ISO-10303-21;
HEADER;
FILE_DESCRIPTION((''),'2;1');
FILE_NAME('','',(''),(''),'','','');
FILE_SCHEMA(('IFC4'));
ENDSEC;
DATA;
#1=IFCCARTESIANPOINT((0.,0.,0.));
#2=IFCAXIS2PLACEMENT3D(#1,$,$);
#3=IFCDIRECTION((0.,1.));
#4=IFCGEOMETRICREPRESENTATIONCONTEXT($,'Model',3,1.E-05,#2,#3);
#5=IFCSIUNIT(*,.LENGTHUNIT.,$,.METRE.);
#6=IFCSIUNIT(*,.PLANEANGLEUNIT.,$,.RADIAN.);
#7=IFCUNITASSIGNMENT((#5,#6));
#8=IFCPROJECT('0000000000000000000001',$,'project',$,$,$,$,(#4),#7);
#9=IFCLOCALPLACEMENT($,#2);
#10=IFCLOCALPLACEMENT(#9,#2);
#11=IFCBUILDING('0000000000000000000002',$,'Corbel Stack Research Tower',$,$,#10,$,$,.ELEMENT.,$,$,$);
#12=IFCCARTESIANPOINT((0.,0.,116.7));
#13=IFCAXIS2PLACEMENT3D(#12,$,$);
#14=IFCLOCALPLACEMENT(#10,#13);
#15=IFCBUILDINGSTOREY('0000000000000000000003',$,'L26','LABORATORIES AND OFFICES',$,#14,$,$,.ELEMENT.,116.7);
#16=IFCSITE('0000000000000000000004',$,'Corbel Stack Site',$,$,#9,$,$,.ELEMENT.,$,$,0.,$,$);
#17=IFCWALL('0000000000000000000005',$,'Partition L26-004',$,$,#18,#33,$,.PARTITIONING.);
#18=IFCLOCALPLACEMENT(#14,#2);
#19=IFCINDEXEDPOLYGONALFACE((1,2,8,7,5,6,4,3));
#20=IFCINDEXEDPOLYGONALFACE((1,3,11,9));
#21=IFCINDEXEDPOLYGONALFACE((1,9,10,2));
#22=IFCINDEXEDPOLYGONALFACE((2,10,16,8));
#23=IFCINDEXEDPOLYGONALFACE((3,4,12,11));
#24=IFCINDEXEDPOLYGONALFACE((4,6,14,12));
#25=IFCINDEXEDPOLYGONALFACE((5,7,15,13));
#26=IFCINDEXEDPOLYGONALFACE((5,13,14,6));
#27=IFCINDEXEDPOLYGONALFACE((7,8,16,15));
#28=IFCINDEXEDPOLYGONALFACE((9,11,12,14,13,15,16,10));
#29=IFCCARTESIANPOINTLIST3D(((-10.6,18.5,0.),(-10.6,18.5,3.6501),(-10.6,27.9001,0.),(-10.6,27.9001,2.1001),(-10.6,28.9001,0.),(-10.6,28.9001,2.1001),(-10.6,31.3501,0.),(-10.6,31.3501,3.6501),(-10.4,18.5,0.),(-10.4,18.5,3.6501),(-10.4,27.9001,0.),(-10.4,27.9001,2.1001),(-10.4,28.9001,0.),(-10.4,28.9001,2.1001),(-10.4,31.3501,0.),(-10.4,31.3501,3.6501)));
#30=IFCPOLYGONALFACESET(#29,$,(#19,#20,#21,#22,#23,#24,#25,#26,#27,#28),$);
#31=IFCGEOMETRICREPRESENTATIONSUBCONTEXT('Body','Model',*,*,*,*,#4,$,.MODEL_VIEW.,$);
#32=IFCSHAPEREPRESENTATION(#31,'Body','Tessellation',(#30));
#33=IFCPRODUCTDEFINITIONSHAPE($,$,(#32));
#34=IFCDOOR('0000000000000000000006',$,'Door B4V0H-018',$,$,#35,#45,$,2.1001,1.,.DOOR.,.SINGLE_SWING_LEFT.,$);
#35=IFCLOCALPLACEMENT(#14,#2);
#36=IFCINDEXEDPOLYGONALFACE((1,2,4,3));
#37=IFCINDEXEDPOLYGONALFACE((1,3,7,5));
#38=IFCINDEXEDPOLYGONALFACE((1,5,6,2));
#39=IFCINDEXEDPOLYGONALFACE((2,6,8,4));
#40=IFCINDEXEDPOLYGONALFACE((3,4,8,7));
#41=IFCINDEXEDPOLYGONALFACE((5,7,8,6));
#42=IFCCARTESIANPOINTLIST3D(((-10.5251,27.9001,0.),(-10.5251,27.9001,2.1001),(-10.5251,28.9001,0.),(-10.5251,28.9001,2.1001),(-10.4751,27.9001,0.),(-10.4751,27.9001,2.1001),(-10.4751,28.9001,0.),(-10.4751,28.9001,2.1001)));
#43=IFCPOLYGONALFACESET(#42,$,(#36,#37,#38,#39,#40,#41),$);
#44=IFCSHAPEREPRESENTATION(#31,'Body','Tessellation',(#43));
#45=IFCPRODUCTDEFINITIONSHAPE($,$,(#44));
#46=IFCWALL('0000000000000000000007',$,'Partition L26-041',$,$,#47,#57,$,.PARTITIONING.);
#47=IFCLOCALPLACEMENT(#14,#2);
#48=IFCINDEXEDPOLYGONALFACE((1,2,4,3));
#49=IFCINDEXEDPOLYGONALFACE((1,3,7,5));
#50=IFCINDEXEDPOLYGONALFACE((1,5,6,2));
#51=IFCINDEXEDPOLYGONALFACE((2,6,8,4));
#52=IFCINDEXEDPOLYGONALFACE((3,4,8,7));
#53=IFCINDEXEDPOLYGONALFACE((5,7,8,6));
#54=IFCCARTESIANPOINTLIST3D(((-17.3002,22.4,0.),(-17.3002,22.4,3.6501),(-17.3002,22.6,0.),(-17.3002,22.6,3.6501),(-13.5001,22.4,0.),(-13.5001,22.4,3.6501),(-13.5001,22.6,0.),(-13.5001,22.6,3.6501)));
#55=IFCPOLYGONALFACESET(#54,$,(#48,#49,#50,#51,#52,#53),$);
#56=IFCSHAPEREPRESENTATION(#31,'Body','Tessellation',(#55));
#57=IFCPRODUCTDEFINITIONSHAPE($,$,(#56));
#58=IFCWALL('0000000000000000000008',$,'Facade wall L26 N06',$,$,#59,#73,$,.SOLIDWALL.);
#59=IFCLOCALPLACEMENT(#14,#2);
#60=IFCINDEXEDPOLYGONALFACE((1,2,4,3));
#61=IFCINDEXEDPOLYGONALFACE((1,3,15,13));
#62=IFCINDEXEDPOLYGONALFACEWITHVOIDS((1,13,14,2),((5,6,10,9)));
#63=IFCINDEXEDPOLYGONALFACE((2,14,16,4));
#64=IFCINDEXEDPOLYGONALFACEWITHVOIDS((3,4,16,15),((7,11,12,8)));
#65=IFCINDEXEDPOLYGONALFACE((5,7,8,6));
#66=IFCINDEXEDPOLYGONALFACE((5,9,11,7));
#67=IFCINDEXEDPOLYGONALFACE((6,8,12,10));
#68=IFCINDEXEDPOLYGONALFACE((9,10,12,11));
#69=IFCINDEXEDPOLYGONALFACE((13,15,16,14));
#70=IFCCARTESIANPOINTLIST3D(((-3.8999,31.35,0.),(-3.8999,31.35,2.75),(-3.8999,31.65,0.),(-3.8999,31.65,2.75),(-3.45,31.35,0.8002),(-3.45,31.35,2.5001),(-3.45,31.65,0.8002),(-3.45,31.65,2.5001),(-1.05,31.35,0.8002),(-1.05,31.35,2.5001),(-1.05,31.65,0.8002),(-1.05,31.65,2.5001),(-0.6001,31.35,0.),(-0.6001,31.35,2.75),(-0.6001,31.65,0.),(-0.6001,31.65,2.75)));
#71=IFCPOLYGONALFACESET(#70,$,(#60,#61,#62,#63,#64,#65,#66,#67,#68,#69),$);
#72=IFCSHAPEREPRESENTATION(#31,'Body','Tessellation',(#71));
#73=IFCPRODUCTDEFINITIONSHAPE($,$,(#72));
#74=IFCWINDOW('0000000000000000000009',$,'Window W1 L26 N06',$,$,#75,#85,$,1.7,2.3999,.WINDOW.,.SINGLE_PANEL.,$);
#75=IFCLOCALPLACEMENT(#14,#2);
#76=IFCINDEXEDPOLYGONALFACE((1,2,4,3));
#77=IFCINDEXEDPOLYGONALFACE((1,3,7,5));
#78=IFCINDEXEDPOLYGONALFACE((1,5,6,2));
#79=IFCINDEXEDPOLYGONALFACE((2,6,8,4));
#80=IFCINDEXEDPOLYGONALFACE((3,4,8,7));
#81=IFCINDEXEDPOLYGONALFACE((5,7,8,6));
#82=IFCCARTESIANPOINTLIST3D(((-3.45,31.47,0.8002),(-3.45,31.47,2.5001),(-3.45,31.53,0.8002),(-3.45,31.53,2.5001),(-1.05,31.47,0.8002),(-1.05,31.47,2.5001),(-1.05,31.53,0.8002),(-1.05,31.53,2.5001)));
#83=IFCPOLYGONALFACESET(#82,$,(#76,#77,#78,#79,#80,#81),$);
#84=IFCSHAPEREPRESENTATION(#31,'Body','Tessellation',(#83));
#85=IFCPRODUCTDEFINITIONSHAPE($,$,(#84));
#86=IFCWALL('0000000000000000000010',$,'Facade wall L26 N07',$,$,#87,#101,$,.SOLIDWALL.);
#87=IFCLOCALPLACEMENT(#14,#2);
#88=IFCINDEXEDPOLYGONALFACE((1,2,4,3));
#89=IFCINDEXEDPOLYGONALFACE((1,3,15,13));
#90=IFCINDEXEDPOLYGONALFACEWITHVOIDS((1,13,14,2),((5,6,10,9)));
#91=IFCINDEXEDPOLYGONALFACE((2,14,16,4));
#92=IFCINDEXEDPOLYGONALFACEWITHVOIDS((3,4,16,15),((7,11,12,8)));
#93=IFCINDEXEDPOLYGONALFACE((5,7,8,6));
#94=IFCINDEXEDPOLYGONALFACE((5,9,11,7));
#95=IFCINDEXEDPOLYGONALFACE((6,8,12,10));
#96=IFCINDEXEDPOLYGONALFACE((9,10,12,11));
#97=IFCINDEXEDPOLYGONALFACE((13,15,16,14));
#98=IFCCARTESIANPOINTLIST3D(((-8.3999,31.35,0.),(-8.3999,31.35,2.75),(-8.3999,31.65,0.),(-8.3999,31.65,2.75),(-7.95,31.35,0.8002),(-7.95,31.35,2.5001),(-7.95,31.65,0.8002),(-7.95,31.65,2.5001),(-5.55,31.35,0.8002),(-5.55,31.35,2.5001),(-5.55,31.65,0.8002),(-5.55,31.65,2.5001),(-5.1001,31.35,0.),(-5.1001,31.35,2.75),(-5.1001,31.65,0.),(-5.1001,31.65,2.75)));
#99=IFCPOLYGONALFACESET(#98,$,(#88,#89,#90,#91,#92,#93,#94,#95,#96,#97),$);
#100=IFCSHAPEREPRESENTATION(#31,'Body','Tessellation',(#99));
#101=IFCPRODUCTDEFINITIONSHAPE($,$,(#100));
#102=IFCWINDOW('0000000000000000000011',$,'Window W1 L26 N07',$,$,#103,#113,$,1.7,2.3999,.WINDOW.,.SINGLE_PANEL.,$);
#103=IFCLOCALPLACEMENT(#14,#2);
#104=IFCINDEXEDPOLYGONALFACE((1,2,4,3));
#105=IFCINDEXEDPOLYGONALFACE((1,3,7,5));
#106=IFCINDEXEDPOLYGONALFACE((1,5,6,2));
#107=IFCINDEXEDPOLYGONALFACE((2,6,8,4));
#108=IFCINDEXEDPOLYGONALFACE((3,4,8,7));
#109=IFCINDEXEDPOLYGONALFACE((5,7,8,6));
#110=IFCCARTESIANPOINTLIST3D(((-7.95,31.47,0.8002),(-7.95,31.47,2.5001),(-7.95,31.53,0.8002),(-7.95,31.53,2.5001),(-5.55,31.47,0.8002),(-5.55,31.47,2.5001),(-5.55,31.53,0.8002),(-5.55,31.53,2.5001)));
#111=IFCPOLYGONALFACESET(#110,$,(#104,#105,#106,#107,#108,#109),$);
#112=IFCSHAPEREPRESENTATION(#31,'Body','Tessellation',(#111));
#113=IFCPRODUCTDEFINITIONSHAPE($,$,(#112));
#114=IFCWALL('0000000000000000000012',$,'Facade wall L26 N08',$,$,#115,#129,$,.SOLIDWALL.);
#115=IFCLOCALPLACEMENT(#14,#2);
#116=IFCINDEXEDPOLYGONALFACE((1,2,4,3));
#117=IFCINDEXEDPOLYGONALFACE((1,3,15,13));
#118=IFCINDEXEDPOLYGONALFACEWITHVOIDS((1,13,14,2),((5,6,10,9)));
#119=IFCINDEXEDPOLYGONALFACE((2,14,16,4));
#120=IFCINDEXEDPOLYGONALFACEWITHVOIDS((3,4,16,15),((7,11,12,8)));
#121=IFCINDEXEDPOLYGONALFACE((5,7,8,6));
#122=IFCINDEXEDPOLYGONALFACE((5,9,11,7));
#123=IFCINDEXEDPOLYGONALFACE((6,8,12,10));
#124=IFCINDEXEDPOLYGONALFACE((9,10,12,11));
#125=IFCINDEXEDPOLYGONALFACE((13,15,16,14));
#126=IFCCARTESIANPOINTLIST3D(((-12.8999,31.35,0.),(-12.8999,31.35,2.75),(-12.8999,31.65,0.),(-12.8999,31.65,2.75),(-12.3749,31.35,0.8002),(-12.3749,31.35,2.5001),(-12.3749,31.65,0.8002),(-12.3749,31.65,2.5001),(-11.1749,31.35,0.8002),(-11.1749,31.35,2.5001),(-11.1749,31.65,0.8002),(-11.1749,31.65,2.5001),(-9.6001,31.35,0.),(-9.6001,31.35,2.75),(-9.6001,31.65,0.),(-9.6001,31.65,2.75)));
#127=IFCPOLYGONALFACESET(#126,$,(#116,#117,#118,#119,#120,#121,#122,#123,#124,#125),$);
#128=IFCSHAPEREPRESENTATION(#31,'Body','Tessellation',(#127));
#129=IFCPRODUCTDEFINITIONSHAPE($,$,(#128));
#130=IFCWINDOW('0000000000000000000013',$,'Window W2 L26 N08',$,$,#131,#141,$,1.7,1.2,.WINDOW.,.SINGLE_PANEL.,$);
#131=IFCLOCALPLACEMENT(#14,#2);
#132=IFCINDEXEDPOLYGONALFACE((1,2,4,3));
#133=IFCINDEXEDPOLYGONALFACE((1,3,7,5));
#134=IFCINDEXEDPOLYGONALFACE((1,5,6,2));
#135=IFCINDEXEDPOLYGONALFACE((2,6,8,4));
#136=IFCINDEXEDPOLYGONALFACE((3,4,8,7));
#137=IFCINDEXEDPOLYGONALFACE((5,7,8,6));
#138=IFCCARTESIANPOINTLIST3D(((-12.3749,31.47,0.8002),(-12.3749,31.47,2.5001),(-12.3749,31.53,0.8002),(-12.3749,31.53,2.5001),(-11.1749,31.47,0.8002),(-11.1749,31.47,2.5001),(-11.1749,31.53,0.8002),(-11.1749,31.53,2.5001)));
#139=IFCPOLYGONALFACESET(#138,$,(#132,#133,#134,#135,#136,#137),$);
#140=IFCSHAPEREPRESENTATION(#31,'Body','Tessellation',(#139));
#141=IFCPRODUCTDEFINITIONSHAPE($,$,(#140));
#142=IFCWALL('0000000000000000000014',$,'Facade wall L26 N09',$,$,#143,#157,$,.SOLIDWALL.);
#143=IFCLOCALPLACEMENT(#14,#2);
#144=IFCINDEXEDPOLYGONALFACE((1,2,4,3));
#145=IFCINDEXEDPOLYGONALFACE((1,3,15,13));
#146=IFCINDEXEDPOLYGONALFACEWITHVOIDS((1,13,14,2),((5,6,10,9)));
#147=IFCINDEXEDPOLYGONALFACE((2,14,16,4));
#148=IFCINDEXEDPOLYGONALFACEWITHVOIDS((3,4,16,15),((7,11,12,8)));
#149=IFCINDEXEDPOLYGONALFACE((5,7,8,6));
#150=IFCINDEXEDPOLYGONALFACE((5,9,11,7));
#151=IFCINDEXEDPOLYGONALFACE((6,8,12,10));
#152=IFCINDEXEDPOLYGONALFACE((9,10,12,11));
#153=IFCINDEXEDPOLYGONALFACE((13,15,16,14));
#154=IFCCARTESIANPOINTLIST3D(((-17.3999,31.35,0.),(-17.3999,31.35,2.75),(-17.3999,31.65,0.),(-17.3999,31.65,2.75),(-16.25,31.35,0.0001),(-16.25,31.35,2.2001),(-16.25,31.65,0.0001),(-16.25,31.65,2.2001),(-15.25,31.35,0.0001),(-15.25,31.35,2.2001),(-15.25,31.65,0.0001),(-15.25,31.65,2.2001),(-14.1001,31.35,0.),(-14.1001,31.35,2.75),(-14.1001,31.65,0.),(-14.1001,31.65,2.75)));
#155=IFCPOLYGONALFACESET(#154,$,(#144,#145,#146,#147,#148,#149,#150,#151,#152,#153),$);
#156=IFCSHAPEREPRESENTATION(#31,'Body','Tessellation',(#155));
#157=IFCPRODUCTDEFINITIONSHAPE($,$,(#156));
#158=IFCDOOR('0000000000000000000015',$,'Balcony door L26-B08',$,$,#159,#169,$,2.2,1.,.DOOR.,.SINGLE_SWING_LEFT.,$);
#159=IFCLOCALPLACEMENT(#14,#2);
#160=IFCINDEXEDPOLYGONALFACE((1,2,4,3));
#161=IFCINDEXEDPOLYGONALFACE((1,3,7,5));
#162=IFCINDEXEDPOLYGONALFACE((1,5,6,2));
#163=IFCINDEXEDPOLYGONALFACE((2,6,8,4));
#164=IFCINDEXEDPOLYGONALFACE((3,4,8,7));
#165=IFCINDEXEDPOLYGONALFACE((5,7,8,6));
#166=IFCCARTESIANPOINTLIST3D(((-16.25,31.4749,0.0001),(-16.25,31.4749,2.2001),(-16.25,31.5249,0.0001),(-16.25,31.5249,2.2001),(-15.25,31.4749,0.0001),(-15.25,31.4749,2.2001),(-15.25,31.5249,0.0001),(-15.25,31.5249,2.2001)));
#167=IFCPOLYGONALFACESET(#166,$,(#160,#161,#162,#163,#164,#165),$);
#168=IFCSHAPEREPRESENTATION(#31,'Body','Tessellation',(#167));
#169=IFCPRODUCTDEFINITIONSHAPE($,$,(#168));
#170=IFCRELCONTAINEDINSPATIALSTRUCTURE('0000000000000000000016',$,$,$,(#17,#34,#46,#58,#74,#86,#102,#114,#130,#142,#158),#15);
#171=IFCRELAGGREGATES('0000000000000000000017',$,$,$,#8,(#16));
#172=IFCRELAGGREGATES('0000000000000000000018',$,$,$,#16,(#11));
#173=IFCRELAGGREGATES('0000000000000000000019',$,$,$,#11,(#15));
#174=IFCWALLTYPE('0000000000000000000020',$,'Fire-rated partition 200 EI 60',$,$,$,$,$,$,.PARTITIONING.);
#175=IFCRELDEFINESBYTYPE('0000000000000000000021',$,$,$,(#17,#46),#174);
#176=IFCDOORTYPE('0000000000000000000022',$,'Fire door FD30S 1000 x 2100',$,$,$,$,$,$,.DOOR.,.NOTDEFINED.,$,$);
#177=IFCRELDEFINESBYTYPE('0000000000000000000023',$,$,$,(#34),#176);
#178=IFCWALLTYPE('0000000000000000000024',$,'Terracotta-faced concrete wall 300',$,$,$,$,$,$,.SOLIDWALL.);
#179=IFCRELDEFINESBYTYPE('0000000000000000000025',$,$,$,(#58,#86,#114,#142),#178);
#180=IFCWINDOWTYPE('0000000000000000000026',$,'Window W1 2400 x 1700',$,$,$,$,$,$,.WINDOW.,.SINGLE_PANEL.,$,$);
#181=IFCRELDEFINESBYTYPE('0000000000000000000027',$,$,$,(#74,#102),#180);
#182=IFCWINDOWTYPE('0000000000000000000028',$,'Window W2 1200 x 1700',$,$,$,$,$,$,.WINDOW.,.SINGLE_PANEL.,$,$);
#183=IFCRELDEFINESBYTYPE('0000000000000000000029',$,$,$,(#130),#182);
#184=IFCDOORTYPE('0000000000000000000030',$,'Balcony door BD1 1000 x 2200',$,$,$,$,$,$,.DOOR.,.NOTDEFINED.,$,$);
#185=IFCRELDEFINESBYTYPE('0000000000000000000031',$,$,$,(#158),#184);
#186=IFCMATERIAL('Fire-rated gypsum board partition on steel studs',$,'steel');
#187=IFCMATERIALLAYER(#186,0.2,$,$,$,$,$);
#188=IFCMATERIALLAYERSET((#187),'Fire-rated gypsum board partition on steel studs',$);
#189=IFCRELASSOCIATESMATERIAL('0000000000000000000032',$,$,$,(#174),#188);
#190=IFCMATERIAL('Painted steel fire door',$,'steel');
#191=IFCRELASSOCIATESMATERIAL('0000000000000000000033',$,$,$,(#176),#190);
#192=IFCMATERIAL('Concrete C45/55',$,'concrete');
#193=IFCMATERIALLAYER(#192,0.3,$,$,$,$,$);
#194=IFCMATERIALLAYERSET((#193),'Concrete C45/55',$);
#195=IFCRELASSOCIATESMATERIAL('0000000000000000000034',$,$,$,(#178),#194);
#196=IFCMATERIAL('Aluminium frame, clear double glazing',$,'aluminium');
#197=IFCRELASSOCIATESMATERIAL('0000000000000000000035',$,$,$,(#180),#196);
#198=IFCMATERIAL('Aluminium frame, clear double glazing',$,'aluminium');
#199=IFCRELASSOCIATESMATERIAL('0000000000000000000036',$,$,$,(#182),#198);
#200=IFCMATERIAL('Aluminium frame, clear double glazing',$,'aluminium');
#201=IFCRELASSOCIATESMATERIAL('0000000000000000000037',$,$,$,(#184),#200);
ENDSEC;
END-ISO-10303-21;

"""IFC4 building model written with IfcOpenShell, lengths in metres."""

from ifc_helpers import new_model, si_unit, direction, frame, frame_2d, origin, place, context, subcontext, project, spatial, rectangle, extrude, material, layer, layer_set, type_object, element, fill, save


model = new_model("IFC4")

# Units and contexts
model_context = context("Model", 3, precision=1e-05, world=origin(), true_north=direction((0.0, 1.0)))
body_context = subcontext(model_context, "Body", "Model", "MODEL_VIEW")
ifc_project = project(units=[si_unit("LENGTHUNIT", "METRE"), si_unit("PLANEANGLEUNIT", "RADIAN")], contexts=[model_context])

# Site, building, storey
site_placement = place(None, origin())
site = spatial("IfcSite", under=ifc_project, at=site_placement, Name="Corbel Stack Site", CompositionType="ELEMENT", RefElevation=0.0)
building_placement = place(site_placement, origin())
building = spatial("IfcBuilding", under=site, at=building_placement, Name="Corbel Stack Research Tower", CompositionType="ELEMENT")
storey_placement = place(building_placement, frame((0.0, 0.0, 116.7)))
storey = spatial("IfcBuildingStorey", under=building, at=storey_placement, Name="L26", Description="LABORATORIES AND OFFICES", CompositionType="ELEMENT", Elevation=116.7)

# Wall, opening, door
ifc_material_1 = material(Name="Fire-rated gypsum board partition on steel studs", Category="steel")
ifc_layer_1 = layer(ifc_material_1, 0.2)
ifc_layer_set_1 = layer_set([ifc_layer_1], Name="Fire-rated gypsum board partition on steel studs")
wall_type_1 = type_object("IfcWallType", Name="Fire-rated partition 200 EI 60", PredefinedType="PARTITIONING", material=ifc_layer_set_1)
wall_1_placement = place(storey_placement, frame((-10.5, 31.3501, 0.0), z_axis=(0.0, 0.0, 1.0), x_axis=(0.0, -1.0, 0.0)))
wall_1 = element("IfcWall", 1, at=wall_1_placement, inside=storey, type_object=wall_type_1, Name="Partition L26-004", PredefinedType="PARTITIONING", context=body_context, shape_type="SweptSolid", body=[
    extrude(rectangle(XDim=12.8501, YDim=0.2, at=frame_2d((6.425, 0.0))), origin(), (0.0, 0.0, 1.0), 3.6501),
])
opening_1_placement = place(wall_1_placement, frame((2.45, 0.0, 0.0)))
opening_1 = element("IfcOpeningElement", 2, at=opening_1_placement, cuts=wall_1, PredefinedType="OPENING", context=body_context, shape_type="SweptSolid", body=[
    extrude(rectangle(XDim=1.0, YDim=2.1001, at=frame_2d((0.5, 1.05))), frame((0.0, 0.1099, 0.0), z_axis=(0.0, -1.0, 0.0), x_axis=(1.0, 0.0, 0.0)), (0.0, 0.0, 1.0), 0.22),
])
ifc_material_2 = material(Name="Painted steel fire door", Category="steel")
door_type_1 = type_object("IfcDoorType", Name="Fire door FD30S 1000 x 2100", OperationType="NOTDEFINED", PredefinedType="DOOR", material=ifc_material_2)
door_1_placement = place(opening_1_placement, origin())
door_1 = element("IfcDoor", 3, at=door_1_placement, inside=storey, type_object=door_type_1, Name="Door B4V0H-018", OperationType="SINGLE_SWING_LEFT", OverallHeight=2.1001, OverallWidth=1.0, PredefinedType="DOOR", context=body_context, shape_type="SweptSolid", body=[
    extrude(rectangle(XDim=1.0, YDim=2.1001, at=frame_2d((0.5, 1.05))), frame((0.0, 0.0249, 0.0), z_axis=(0.0, -1.0, 0.0), x_axis=(1.0, 0.0, 0.0)), (0.0, 0.0, 1.0), 0.05),
])
fill(opening_1, door_1)

# Wall
wall_2_placement = place(storey_placement, frame((-17.3, 22.5, 0.0), z_axis=(0.0, 0.0, 1.0), x_axis=(1.0, 0.0, 0.0)))
element("IfcWall", 4, at=wall_2_placement, inside=storey, type_object=wall_type_1, Name="Partition L26-041", PredefinedType="PARTITIONING", context=body_context, shape_type="SweptSolid", body=[
    extrude(rectangle(XDim=3.8, YDim=0.2, at=frame_2d((1.8999, 0.0))), origin(), (0.0, 0.0, 1.0), 3.6501),
])

# Walls, openings, windows
ifc_material_3 = material(Name="Concrete C45/55", Category="concrete")
ifc_layer_2 = layer(ifc_material_3, 0.3)
ifc_layer_set_2 = layer_set([ifc_layer_2], Name="Concrete C45/55")
wall_type_2 = type_object("IfcWallType", Name="Terracotta-faced concrete wall 300", PredefinedType="SOLIDWALL", material=ifc_layer_set_2)
wall_3_placement = place(storey_placement, frame((-3.8999, 31.5, 0.0), z_axis=(0.0, 0.0, 1.0), x_axis=(1.0, 0.0, 0.0)))
wall_3 = element("IfcWall", 5, at=wall_3_placement, inside=storey, type_object=wall_type_2, Name="Facade wall L26 N06", PredefinedType="SOLIDWALL", context=body_context, shape_type="SweptSolid", body=[
    extrude(rectangle(XDim=3.2998, YDim=0.3, at=frame_2d((1.6499, 0.0))), origin(), (0.0, 0.0, 1.0), 2.75),
])
opening_2_placement = place(wall_3_placement, frame((0.45, 0.0, 0.8)))
opening_2 = element("IfcOpeningElement", 6, at=opening_2_placement, cuts=wall_3, PredefinedType="OPENING", context=body_context, shape_type="SweptSolid", body=[
    extrude(rectangle(XDim=2.3999, YDim=1.7, at=frame_2d((1.2, 0.8501))), frame((0.0, 0.1599, 0.0), z_axis=(0.0, -1.0, 0.0), x_axis=(1.0, 0.0, 0.0)), (0.0, 0.0, 1.0), 0.3201),
])
ifc_material_4 = material(Name="Aluminium frame, clear double glazing", Category="aluminium")
window_type_1 = type_object("IfcWindowType", Name="Window W1 2400 x 1700", PartitioningType="SINGLE_PANEL", PredefinedType="WINDOW", material=ifc_material_4)
window_1_placement = place(opening_2_placement, origin())
window_1 = element("IfcWindow", 7, at=window_1_placement, inside=storey, type_object=window_type_1, Name="Window W1 L26 N06", OverallHeight=1.7, OverallWidth=2.3999, PartitioningType="SINGLE_PANEL", PredefinedType="WINDOW", context=body_context, shape_type="SweptSolid", body=[
    extrude(rectangle(XDim=2.3999, YDim=1.7, at=frame_2d((1.2, 0.8501))), frame((0.0, 0.03, 0.0), z_axis=(0.0, -1.0, 0.0), x_axis=(1.0, 0.0, 0.0)), (0.0, 0.0, 1.0), 0.0601),
])
fill(opening_2, window_1)
wall_4_placement = place(storey_placement, frame((-8.3999, 31.5, 0.0), z_axis=(0.0, 0.0, 1.0), x_axis=(1.0, 0.0, 0.0)))
wall_4 = element("IfcWall", 8, at=wall_4_placement, inside=storey, type_object=wall_type_2, Name="Facade wall L26 N07", PredefinedType="SOLIDWALL", context=body_context, shape_type="SweptSolid", body=[
    extrude(rectangle(XDim=3.2998, YDim=0.3, at=frame_2d((1.6499, 0.0))), origin(), (0.0, 0.0, 1.0), 2.75),
])
opening_3_placement = place(wall_4_placement, frame((0.45, 0.0, 0.8)))
opening_3 = element("IfcOpeningElement", 9, at=opening_3_placement, cuts=wall_4, PredefinedType="OPENING", context=body_context, shape_type="SweptSolid", body=[
    extrude(rectangle(XDim=2.3999, YDim=1.7, at=frame_2d((1.2, 0.8501))), frame((0.0, 0.1599, 0.0), z_axis=(0.0, -1.0, 0.0), x_axis=(1.0, 0.0, 0.0)), (0.0, 0.0, 1.0), 0.3201),
])
window_2_placement = place(opening_3_placement, origin())
window_2 = element("IfcWindow", 10, at=window_2_placement, inside=storey, type_object=window_type_1, Name="Window W1 L26 N07", OverallHeight=1.7, OverallWidth=2.3999, PartitioningType="SINGLE_PANEL", PredefinedType="WINDOW", context=body_context, shape_type="SweptSolid", body=[
    extrude(rectangle(XDim=2.3999, YDim=1.7, at=frame_2d((1.2, 0.8501))), frame((0.0, 0.03, 0.0), z_axis=(0.0, -1.0, 0.0), x_axis=(1.0, 0.0, 0.0)), (0.0, 0.0, 1.0), 0.0601),
])
fill(opening_3, window_2)
wall_5_placement = place(storey_placement, frame((-12.8999, 31.5, 0.0), z_axis=(0.0, 0.0, 1.0), x_axis=(1.0, 0.0, 0.0)))
wall_5 = element("IfcWall", 11, at=wall_5_placement, inside=storey, type_object=wall_type_2, Name="Facade wall L26 N08", PredefinedType="SOLIDWALL", context=body_context, shape_type="SweptSolid", body=[
    extrude(rectangle(XDim=3.2998, YDim=0.3, at=frame_2d((1.6499, 0.0))), origin(), (0.0, 0.0, 1.0), 2.75),
])
opening_4_placement = place(wall_5_placement, frame((0.5249, 0.0, 0.8)))
opening_4 = element("IfcOpeningElement", 12, at=opening_4_placement, cuts=wall_5, PredefinedType="OPENING", context=body_context, shape_type="SweptSolid", body=[
    extrude(rectangle(XDim=1.2, YDim=1.7, at=frame_2d((0.6001, 0.8501))), frame((0.0, 0.1599, 0.0), z_axis=(0.0, -1.0, 0.0), x_axis=(1.0, 0.0, 0.0)), (0.0, 0.0, 1.0), 0.3201),
])
ifc_material_5 = material(Name="Aluminium frame, clear double glazing", Category="aluminium")
window_type_2 = type_object("IfcWindowType", Name="Window W2 1200 x 1700", PartitioningType="SINGLE_PANEL", PredefinedType="WINDOW", material=ifc_material_5)
window_3_placement = place(opening_4_placement, origin())
window_3 = element("IfcWindow", 13, at=window_3_placement, inside=storey, type_object=window_type_2, Name="Window W2 L26 N08", OverallHeight=1.7, OverallWidth=1.2, PartitioningType="SINGLE_PANEL", PredefinedType="WINDOW", context=body_context, shape_type="SweptSolid", body=[
    extrude(rectangle(XDim=1.2, YDim=1.7, at=frame_2d((0.6001, 0.8501))), frame((0.0, 0.03, 0.0), z_axis=(0.0, -1.0, 0.0), x_axis=(1.0, 0.0, 0.0)), (0.0, 0.0, 1.0), 0.0601),
])
fill(opening_4, window_3)

# Wall, opening, door
wall_6_placement = place(storey_placement, frame((-17.3999, 31.5, 0.0), z_axis=(0.0, 0.0, 1.0), x_axis=(1.0, 0.0, 0.0)))
wall_6 = element("IfcWall", 14, at=wall_6_placement, inside=storey, type_object=wall_type_2, Name="Facade wall L26 N09", PredefinedType="SOLIDWALL", context=body_context, shape_type="SweptSolid", body=[
    extrude(rectangle(XDim=3.2998, YDim=0.3, at=frame_2d((1.6499, 0.0))), origin(), (0.0, 0.0, 1.0), 2.75),
])
opening_5_placement = place(wall_6_placement, frame((1.1499, 0.0, 0.0)))
opening_5 = element("IfcOpeningElement", 15, at=opening_5_placement, cuts=wall_6, PredefinedType="OPENING", context=body_context, shape_type="SweptSolid", body=[
    extrude(rectangle(XDim=1.0, YDim=2.2, at=frame_2d((0.5, 1.1001))), frame((0.0, 0.1599, 0.0), z_axis=(0.0, -1.0, 0.0), x_axis=(1.0, 0.0, 0.0)), (0.0, 0.0, 1.0), 0.3201),
])
ifc_material_6 = material(Name="Aluminium frame, clear double glazing", Category="aluminium")
door_type_2 = type_object("IfcDoorType", Name="Balcony door BD1 1000 x 2200", OperationType="NOTDEFINED", PredefinedType="DOOR", material=ifc_material_6)
door_2_placement = place(opening_5_placement, origin())
door_2 = element("IfcDoor", 16, at=door_2_placement, inside=storey, type_object=door_type_2, Name="Balcony door L26-B08", OperationType="SINGLE_SWING_LEFT", OverallHeight=2.2, OverallWidth=1.0, PredefinedType="DOOR", context=body_context, shape_type="SweptSolid", body=[
    extrude(rectangle(XDim=1.0, YDim=2.2, at=frame_2d((0.5, 1.1001))), frame((0.0, 0.0249, 0.0), z_axis=(0.0, -1.0, 0.0), x_axis=(1.0, 0.0, 0.0)), (0.0, 0.0, 1.0), 0.05),
])
fill(opening_5, door_2)

save(model, "model.ifc")
